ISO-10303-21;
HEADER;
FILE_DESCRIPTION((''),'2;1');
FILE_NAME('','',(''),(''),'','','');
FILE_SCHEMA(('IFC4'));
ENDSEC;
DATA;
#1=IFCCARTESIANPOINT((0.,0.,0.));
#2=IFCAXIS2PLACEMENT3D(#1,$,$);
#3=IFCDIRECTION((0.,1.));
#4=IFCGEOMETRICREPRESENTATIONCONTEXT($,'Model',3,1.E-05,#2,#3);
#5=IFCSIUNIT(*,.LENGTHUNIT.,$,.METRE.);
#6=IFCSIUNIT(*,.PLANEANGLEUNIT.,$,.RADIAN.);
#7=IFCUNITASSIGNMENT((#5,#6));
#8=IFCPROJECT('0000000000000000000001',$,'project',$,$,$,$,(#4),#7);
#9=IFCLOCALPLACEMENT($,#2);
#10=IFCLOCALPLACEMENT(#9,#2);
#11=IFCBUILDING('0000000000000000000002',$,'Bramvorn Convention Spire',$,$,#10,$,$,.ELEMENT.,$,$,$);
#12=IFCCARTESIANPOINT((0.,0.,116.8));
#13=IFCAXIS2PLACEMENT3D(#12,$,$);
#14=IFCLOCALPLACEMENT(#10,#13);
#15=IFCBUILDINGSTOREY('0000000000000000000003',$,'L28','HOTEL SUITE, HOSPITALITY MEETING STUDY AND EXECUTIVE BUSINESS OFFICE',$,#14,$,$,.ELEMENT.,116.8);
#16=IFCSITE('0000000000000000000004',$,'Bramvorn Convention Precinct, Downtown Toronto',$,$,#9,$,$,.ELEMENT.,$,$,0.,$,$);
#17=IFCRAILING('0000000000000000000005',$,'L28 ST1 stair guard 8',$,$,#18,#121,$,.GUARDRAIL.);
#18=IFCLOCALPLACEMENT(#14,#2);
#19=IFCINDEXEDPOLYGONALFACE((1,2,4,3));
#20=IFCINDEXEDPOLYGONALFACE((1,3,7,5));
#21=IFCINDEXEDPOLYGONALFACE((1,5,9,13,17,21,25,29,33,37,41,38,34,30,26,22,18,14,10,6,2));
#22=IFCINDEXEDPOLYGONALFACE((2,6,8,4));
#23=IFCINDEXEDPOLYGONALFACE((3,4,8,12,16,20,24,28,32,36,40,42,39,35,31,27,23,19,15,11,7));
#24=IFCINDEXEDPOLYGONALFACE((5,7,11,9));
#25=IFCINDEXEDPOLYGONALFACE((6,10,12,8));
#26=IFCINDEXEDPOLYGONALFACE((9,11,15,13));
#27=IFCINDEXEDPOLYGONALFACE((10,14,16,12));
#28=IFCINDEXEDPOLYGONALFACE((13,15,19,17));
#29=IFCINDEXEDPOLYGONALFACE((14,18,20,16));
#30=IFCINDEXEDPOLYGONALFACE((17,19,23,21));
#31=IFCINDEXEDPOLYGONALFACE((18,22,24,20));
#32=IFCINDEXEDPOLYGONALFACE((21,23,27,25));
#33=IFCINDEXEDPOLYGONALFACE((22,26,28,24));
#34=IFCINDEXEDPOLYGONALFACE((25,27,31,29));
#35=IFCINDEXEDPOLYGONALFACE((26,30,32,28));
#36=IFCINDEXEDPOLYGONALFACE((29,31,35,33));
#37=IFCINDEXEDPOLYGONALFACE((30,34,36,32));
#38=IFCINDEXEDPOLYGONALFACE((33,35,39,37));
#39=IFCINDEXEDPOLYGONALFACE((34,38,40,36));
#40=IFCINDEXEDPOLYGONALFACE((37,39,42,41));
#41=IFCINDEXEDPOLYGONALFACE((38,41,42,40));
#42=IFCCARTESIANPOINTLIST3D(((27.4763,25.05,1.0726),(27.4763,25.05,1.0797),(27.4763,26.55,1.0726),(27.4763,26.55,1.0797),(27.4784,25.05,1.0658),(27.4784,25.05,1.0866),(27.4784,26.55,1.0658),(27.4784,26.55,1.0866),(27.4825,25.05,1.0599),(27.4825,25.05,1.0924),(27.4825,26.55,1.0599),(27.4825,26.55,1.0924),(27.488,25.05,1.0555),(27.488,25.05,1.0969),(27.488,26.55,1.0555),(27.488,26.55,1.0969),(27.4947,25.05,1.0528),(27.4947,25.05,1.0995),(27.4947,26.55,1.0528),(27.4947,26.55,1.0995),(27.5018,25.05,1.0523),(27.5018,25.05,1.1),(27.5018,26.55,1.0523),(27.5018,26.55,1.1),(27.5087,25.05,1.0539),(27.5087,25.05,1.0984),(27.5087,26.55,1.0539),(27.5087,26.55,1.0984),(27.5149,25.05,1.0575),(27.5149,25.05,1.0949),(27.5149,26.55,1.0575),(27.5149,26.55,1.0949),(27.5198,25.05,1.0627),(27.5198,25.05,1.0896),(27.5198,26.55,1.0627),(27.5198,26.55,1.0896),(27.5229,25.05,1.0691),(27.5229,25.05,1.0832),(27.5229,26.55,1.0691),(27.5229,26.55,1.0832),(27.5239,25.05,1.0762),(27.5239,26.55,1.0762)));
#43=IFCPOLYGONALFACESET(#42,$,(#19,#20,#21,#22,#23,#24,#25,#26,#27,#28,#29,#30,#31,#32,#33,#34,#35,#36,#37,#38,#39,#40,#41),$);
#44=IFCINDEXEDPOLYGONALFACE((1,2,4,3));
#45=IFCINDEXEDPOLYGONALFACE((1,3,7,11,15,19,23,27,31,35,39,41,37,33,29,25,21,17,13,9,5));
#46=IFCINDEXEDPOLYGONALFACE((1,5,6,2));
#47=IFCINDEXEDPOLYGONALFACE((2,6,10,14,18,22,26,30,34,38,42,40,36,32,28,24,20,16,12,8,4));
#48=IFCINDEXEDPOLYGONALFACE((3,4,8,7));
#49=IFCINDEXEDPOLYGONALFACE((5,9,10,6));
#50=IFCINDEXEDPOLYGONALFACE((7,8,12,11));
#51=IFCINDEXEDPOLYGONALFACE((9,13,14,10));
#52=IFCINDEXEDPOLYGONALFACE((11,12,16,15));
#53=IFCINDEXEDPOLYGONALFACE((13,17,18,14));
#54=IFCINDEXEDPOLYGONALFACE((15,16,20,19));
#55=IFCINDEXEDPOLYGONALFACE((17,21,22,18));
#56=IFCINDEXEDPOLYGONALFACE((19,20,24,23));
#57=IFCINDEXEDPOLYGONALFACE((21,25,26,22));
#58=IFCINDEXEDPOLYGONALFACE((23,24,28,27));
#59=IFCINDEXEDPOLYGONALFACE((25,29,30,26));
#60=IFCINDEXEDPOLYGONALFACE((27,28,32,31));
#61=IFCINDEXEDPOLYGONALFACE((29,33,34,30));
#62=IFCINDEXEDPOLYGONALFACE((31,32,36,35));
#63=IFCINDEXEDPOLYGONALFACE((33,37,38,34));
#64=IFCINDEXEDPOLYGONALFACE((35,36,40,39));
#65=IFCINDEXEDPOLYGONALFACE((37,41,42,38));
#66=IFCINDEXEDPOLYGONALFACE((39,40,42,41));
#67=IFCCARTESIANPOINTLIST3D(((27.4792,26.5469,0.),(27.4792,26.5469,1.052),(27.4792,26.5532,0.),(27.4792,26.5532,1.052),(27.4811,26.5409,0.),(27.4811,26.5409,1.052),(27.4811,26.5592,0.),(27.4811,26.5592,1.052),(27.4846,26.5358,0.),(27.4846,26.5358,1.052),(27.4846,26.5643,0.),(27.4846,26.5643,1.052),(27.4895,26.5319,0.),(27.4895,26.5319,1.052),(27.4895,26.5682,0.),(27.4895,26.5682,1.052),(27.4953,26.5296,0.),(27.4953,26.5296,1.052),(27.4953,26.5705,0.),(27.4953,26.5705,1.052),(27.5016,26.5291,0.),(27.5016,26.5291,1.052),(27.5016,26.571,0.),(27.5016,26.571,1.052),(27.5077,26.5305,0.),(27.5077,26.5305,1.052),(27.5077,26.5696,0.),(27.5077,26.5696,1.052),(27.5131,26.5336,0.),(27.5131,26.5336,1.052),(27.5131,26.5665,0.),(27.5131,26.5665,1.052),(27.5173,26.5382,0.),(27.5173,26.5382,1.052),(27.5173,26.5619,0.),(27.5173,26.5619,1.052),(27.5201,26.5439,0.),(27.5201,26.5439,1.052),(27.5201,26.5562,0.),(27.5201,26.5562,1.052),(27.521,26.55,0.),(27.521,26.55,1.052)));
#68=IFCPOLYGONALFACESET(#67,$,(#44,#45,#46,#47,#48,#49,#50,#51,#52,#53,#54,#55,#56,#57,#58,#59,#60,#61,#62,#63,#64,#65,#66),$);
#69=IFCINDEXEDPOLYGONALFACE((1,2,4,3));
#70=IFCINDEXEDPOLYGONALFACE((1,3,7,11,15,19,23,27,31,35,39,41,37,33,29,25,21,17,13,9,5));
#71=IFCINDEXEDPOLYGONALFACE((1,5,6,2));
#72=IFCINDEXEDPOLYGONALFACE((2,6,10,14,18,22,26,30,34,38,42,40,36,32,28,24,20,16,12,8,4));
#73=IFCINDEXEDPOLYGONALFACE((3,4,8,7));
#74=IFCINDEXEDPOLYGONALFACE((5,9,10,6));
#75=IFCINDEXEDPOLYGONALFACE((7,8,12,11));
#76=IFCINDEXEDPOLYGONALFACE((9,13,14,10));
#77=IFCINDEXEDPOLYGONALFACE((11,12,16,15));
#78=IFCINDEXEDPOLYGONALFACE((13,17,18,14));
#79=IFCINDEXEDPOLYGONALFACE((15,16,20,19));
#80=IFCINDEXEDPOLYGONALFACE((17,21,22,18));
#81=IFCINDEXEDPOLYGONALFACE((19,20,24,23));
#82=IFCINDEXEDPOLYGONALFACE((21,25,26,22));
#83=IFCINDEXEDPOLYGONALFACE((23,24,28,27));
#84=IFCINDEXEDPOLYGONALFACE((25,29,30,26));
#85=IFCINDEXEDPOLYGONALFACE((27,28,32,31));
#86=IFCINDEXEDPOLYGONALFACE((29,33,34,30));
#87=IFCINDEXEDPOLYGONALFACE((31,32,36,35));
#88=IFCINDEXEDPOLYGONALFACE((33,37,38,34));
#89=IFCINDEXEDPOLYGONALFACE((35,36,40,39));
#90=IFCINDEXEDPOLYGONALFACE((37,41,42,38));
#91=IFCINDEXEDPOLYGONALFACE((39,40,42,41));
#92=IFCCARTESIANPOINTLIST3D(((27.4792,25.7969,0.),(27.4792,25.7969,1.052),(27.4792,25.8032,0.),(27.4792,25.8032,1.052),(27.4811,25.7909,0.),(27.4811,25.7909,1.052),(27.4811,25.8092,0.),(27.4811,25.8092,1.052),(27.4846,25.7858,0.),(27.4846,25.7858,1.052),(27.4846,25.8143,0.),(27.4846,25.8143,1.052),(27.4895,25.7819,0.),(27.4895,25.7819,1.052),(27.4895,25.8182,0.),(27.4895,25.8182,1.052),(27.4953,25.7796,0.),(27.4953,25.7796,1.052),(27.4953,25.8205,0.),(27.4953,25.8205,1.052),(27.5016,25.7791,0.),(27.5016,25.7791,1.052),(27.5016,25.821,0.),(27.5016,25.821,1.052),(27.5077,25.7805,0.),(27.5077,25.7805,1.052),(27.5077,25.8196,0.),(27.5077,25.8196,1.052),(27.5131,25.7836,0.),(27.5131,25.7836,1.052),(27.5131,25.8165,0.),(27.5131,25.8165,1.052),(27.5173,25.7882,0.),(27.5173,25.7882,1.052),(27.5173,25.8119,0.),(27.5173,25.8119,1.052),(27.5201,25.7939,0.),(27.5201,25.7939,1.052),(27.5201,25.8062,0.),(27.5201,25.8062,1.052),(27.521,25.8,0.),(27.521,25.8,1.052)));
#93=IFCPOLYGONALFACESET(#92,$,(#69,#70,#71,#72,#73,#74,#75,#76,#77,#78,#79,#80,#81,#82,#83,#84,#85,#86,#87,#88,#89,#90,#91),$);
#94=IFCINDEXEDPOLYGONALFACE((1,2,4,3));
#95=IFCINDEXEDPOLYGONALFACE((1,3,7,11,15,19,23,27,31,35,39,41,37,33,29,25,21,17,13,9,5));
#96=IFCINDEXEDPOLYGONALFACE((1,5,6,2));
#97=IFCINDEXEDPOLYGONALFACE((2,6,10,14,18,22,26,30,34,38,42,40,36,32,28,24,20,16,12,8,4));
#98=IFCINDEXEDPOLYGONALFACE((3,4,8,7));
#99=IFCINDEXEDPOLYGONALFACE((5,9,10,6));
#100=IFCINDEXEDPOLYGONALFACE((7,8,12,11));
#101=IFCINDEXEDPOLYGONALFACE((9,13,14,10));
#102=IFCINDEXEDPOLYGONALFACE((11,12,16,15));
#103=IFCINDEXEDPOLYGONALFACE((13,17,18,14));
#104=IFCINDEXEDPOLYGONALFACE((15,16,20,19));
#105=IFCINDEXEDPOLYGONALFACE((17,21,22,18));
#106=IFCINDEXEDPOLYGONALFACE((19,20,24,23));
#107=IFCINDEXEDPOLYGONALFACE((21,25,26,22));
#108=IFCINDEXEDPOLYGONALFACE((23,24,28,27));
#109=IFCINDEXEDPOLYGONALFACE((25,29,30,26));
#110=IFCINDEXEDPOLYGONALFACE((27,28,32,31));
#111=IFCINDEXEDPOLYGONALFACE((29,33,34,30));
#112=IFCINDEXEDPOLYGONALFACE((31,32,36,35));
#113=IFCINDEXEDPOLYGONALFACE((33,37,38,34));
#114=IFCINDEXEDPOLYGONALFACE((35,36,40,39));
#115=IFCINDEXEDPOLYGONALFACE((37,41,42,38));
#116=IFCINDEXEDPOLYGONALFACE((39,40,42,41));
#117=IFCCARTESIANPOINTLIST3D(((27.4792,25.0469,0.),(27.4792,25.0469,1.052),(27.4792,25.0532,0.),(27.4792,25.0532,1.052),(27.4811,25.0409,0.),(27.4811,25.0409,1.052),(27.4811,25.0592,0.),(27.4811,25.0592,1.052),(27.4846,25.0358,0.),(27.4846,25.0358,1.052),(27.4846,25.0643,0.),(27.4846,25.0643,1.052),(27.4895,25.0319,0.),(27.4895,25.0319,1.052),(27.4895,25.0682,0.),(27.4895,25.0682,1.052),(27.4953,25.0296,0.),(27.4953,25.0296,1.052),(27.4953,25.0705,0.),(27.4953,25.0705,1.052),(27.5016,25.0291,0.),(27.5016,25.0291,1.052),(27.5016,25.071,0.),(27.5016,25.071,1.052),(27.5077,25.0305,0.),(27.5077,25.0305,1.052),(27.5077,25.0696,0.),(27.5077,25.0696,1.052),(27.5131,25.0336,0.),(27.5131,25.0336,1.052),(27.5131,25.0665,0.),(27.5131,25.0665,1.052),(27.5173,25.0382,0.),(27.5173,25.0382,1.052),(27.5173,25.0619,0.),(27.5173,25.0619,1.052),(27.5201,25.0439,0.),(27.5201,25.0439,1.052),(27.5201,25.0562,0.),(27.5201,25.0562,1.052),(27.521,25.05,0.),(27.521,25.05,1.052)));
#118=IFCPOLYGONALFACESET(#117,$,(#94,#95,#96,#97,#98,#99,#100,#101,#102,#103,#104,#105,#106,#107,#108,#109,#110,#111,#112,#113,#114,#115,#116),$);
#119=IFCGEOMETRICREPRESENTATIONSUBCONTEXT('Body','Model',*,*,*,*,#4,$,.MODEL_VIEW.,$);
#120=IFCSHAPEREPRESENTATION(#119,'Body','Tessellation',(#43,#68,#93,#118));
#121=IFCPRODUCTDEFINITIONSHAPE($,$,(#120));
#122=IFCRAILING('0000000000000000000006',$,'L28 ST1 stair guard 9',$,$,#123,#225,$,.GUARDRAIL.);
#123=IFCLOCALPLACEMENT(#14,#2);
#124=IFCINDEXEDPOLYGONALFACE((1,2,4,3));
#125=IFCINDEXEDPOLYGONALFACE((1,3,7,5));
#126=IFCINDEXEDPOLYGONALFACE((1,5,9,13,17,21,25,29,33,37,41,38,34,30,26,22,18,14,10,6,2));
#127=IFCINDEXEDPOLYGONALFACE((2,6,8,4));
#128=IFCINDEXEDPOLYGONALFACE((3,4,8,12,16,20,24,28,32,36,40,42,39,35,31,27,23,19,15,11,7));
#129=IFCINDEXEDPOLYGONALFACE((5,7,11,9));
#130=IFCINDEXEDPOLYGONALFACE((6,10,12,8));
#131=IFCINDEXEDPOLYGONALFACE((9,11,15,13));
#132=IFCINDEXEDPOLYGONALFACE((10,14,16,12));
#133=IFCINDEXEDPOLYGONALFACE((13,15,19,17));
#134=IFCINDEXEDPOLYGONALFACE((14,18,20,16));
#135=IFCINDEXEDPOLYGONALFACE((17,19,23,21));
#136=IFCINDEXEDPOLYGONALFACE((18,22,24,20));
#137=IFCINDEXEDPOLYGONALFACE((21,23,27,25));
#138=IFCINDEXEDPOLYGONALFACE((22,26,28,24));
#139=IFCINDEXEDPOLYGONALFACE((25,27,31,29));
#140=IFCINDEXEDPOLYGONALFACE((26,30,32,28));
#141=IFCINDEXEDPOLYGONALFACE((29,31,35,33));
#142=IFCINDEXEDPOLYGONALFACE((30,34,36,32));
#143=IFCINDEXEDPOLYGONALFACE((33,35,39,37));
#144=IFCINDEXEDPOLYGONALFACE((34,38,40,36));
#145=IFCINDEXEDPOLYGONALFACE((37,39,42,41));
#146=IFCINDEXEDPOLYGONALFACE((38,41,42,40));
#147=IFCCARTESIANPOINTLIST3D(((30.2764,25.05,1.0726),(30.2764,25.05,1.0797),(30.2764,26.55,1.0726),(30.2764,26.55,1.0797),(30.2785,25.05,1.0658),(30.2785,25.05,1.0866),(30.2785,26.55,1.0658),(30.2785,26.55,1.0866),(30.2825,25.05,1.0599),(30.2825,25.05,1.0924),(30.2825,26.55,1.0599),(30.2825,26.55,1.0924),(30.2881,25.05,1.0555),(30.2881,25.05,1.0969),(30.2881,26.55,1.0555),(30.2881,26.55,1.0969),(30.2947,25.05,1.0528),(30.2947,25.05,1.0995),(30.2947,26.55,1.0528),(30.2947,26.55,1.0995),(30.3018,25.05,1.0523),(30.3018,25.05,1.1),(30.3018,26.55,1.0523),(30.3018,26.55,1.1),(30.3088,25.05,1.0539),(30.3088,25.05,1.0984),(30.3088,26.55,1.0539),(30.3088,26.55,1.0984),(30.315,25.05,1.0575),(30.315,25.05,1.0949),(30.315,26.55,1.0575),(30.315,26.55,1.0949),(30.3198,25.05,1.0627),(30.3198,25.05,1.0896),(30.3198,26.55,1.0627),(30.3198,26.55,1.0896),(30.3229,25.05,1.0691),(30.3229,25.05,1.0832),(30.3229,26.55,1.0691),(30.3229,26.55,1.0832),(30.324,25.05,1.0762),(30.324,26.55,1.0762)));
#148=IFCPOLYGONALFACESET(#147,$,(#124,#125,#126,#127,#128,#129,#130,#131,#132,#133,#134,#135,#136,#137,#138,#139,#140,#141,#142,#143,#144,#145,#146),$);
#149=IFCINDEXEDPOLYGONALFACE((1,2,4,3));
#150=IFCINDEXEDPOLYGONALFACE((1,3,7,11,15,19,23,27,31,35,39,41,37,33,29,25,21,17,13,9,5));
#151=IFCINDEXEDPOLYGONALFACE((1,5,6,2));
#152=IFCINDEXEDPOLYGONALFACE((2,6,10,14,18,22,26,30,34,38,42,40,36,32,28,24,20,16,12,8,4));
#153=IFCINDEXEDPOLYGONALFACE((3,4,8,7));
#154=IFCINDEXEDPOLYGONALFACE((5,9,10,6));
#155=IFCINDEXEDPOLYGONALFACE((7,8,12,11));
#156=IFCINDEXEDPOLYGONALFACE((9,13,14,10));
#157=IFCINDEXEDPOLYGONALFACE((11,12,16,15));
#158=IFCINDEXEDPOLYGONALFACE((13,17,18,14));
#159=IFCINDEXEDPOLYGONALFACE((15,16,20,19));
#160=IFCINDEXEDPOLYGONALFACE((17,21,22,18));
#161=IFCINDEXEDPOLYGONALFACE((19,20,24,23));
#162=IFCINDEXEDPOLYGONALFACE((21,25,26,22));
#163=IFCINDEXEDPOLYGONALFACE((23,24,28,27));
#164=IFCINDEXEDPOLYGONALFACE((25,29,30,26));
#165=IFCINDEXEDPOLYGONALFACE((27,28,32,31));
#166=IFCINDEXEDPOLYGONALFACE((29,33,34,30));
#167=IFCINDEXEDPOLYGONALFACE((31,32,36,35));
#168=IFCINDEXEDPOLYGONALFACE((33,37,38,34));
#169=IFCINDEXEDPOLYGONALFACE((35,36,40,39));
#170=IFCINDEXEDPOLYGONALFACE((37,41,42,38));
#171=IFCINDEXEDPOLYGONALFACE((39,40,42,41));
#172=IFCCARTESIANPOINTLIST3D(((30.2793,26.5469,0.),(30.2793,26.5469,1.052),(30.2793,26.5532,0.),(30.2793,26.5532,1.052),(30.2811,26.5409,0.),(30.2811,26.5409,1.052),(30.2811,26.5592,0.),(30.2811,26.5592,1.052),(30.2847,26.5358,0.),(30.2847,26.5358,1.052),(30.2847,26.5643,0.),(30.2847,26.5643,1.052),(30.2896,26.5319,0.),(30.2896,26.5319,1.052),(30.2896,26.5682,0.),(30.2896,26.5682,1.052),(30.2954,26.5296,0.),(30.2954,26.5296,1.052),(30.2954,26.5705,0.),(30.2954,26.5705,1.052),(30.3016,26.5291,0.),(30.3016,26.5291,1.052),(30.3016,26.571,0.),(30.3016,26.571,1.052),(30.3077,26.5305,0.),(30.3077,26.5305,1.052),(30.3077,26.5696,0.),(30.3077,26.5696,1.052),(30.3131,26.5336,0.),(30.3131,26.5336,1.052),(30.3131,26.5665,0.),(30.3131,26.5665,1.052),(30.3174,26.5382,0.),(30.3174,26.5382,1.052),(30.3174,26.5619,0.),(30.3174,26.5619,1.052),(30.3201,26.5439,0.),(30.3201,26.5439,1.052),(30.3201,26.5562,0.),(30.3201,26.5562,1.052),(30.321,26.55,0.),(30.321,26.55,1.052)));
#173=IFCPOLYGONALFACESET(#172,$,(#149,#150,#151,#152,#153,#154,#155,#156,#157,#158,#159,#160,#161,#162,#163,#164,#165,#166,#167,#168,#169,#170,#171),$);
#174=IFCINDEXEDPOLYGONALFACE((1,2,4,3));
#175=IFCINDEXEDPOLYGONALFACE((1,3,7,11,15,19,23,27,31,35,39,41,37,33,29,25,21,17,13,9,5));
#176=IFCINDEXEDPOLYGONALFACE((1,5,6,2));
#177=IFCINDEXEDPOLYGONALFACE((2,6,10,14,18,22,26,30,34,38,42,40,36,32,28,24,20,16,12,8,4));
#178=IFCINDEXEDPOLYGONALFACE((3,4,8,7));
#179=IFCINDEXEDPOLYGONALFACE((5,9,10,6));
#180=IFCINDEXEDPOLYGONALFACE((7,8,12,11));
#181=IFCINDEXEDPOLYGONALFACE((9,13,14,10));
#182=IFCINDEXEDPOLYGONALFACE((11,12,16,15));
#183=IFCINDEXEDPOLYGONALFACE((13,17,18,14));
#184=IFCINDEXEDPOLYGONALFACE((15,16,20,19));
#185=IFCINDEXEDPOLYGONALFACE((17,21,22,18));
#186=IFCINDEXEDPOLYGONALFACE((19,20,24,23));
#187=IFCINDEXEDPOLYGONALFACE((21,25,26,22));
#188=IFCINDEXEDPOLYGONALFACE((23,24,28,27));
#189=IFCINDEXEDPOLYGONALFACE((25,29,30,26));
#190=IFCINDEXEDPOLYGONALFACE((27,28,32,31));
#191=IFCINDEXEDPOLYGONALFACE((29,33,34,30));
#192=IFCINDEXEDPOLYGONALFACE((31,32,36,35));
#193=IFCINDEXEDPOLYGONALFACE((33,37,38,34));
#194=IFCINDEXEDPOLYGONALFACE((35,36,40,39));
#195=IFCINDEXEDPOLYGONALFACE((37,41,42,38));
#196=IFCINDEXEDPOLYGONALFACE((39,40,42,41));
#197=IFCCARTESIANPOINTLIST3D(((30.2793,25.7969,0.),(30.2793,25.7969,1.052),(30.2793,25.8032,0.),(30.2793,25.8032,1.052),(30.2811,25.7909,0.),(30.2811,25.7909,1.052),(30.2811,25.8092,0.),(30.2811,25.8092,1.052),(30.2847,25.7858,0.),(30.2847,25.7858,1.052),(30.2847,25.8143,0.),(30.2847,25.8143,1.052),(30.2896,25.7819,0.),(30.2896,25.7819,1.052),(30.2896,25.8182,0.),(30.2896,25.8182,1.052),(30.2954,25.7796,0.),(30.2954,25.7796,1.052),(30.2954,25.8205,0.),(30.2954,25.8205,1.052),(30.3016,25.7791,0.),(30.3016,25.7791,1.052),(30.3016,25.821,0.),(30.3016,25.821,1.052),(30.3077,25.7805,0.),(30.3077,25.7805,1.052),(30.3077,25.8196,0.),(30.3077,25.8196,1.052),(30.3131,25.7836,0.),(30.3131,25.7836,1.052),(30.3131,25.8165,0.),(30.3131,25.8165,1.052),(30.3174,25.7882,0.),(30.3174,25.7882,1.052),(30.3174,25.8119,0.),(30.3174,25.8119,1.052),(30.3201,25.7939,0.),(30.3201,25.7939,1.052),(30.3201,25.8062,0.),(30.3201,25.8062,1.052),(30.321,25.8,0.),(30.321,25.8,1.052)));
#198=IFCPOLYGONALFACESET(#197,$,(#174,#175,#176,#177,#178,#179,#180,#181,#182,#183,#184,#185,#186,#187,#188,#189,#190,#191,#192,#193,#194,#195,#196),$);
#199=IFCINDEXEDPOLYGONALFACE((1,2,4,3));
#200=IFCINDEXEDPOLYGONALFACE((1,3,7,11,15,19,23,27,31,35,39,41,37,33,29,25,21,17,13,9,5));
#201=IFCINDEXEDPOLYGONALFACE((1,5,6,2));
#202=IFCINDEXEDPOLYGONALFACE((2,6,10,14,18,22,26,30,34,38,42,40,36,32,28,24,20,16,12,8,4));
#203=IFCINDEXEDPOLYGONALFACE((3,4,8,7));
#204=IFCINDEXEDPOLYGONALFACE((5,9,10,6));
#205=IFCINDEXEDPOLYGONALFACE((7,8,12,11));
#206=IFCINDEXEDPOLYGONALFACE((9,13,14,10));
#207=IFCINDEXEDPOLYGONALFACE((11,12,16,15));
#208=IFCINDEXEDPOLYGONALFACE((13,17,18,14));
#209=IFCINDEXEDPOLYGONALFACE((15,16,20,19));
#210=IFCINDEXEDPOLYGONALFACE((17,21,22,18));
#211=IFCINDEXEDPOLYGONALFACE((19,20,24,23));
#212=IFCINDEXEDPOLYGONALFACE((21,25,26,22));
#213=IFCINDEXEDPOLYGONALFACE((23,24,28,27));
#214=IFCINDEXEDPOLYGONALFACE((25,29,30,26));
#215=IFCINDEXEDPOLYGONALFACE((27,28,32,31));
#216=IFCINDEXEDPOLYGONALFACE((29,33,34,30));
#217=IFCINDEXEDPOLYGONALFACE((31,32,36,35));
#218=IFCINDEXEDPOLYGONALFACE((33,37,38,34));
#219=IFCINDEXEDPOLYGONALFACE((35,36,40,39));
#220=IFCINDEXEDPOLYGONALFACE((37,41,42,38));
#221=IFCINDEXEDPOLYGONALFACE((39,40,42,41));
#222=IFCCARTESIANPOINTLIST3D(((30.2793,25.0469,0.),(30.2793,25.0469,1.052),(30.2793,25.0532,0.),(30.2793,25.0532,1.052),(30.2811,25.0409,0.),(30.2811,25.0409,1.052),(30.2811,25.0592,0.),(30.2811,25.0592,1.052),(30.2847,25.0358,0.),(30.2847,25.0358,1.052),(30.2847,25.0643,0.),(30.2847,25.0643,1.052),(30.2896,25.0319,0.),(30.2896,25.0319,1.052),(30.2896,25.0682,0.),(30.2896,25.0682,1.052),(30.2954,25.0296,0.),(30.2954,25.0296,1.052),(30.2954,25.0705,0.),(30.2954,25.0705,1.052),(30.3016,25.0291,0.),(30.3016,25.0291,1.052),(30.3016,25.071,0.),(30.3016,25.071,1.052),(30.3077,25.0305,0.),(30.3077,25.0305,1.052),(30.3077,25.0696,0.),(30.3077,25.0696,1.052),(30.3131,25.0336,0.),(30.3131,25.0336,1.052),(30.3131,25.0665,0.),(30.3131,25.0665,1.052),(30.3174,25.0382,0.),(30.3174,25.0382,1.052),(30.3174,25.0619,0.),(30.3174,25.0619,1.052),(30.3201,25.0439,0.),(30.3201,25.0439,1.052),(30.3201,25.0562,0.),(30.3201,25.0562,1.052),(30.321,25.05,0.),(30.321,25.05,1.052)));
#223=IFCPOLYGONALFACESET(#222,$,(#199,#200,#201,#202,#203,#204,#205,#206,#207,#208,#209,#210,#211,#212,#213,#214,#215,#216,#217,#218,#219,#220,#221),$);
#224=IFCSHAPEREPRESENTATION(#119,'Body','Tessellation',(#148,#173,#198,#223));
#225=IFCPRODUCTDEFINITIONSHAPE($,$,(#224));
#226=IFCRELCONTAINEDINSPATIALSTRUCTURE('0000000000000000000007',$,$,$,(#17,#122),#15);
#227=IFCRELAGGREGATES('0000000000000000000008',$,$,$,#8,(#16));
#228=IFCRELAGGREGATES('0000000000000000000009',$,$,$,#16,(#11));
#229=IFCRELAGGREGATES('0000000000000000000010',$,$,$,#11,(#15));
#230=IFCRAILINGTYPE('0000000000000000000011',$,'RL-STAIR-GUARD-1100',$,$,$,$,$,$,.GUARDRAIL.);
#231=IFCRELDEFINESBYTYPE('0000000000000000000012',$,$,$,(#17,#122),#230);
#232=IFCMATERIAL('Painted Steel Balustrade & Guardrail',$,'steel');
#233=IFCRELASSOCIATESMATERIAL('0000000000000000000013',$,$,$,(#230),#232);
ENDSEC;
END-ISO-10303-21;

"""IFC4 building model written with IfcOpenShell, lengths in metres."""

from ifc_helpers import new_model, si_unit, direction, frame, origin, origin_2d, place, context, subcontext, project, spatial, circle, extrude, material, type_object, element, save


model = new_model("IFC4")

# Units and contexts
model_context = context("Model", 3, precision=1e-05, world=origin(), true_north=direction((0.0, 1.0)))
body_context = subcontext(model_context, "Body", "Model", "MODEL_VIEW")
ifc_project = project(units=[si_unit("LENGTHUNIT", "METRE"), si_unit("PLANEANGLEUNIT", "RADIAN")], contexts=[model_context])

# Site, building, storey
site_placement = place(None, origin())
site = spatial("IfcSite", under=ifc_project, at=site_placement, Name="Bramvorn Convention Precinct, Downtown Toronto", CompositionType="ELEMENT", RefElevation=0.0)
building_placement = place(site_placement, origin())
building = spatial("IfcBuilding", under=site, at=building_placement, Name="Bramvorn Convention Spire", CompositionType="ELEMENT")
storey_placement = place(building_placement, frame((0.0, 0.0, 116.8)))
storey = spatial("IfcBuildingStorey", under=building, at=storey_placement, Name="L28", Description="HOTEL SUITE, HOSPITALITY MEETING STUDY AND EXECUTIVE BUSINESS OFFICE", CompositionType="ELEMENT", Elevation=116.8)

# Railings
ifc_material_1 = material(Name="Painted Steel Balustrade & Guardrail", Category="steel")
railing_type = type_object("IfcRailingType", Name="RL-STAIR-GUARD-1100", PredefinedType="GUARDRAIL", material=ifc_material_1)
for number, where, name in (
    (1, (27.5, 26.55, 0.0), "L28 ST1 stair guard 8"),
    (2, (30.3, 26.55, 0.0), "L28 ST1 stair guard 9"),
):
    element("IfcRailing", number, at=place(storey_placement, frame(where)), inside=storey, type_object=railing_type, Name=name, PredefinedType="GUARDRAIL", context=body_context, shape_type="SweptSolid", body=[
        extrude(circle(Radius=0.0239, at=origin_2d()), frame((0.0, 0.0, 1.0762), z_axis=(0.0, -1.0, 0.0), x_axis=(1.0, 0.0, 0.0)), (0.0, 0.0, 1.0), 1.5),
        extrude(circle(Radius=0.021, at=origin_2d()), origin(), (0.0, 0.0, 1.0), 1.052),
        extrude(circle(Radius=0.021, at=origin_2d()), frame((0.0, -0.75, 0.0)), (0.0, 0.0, 1.0), 1.052),
        extrude(circle(Radius=0.021, at=origin_2d()), frame((0.0, -1.5, 0.0)), (0.0, 0.0, 1.0), 1.052),
    ])

save(model, "model.ifc")
